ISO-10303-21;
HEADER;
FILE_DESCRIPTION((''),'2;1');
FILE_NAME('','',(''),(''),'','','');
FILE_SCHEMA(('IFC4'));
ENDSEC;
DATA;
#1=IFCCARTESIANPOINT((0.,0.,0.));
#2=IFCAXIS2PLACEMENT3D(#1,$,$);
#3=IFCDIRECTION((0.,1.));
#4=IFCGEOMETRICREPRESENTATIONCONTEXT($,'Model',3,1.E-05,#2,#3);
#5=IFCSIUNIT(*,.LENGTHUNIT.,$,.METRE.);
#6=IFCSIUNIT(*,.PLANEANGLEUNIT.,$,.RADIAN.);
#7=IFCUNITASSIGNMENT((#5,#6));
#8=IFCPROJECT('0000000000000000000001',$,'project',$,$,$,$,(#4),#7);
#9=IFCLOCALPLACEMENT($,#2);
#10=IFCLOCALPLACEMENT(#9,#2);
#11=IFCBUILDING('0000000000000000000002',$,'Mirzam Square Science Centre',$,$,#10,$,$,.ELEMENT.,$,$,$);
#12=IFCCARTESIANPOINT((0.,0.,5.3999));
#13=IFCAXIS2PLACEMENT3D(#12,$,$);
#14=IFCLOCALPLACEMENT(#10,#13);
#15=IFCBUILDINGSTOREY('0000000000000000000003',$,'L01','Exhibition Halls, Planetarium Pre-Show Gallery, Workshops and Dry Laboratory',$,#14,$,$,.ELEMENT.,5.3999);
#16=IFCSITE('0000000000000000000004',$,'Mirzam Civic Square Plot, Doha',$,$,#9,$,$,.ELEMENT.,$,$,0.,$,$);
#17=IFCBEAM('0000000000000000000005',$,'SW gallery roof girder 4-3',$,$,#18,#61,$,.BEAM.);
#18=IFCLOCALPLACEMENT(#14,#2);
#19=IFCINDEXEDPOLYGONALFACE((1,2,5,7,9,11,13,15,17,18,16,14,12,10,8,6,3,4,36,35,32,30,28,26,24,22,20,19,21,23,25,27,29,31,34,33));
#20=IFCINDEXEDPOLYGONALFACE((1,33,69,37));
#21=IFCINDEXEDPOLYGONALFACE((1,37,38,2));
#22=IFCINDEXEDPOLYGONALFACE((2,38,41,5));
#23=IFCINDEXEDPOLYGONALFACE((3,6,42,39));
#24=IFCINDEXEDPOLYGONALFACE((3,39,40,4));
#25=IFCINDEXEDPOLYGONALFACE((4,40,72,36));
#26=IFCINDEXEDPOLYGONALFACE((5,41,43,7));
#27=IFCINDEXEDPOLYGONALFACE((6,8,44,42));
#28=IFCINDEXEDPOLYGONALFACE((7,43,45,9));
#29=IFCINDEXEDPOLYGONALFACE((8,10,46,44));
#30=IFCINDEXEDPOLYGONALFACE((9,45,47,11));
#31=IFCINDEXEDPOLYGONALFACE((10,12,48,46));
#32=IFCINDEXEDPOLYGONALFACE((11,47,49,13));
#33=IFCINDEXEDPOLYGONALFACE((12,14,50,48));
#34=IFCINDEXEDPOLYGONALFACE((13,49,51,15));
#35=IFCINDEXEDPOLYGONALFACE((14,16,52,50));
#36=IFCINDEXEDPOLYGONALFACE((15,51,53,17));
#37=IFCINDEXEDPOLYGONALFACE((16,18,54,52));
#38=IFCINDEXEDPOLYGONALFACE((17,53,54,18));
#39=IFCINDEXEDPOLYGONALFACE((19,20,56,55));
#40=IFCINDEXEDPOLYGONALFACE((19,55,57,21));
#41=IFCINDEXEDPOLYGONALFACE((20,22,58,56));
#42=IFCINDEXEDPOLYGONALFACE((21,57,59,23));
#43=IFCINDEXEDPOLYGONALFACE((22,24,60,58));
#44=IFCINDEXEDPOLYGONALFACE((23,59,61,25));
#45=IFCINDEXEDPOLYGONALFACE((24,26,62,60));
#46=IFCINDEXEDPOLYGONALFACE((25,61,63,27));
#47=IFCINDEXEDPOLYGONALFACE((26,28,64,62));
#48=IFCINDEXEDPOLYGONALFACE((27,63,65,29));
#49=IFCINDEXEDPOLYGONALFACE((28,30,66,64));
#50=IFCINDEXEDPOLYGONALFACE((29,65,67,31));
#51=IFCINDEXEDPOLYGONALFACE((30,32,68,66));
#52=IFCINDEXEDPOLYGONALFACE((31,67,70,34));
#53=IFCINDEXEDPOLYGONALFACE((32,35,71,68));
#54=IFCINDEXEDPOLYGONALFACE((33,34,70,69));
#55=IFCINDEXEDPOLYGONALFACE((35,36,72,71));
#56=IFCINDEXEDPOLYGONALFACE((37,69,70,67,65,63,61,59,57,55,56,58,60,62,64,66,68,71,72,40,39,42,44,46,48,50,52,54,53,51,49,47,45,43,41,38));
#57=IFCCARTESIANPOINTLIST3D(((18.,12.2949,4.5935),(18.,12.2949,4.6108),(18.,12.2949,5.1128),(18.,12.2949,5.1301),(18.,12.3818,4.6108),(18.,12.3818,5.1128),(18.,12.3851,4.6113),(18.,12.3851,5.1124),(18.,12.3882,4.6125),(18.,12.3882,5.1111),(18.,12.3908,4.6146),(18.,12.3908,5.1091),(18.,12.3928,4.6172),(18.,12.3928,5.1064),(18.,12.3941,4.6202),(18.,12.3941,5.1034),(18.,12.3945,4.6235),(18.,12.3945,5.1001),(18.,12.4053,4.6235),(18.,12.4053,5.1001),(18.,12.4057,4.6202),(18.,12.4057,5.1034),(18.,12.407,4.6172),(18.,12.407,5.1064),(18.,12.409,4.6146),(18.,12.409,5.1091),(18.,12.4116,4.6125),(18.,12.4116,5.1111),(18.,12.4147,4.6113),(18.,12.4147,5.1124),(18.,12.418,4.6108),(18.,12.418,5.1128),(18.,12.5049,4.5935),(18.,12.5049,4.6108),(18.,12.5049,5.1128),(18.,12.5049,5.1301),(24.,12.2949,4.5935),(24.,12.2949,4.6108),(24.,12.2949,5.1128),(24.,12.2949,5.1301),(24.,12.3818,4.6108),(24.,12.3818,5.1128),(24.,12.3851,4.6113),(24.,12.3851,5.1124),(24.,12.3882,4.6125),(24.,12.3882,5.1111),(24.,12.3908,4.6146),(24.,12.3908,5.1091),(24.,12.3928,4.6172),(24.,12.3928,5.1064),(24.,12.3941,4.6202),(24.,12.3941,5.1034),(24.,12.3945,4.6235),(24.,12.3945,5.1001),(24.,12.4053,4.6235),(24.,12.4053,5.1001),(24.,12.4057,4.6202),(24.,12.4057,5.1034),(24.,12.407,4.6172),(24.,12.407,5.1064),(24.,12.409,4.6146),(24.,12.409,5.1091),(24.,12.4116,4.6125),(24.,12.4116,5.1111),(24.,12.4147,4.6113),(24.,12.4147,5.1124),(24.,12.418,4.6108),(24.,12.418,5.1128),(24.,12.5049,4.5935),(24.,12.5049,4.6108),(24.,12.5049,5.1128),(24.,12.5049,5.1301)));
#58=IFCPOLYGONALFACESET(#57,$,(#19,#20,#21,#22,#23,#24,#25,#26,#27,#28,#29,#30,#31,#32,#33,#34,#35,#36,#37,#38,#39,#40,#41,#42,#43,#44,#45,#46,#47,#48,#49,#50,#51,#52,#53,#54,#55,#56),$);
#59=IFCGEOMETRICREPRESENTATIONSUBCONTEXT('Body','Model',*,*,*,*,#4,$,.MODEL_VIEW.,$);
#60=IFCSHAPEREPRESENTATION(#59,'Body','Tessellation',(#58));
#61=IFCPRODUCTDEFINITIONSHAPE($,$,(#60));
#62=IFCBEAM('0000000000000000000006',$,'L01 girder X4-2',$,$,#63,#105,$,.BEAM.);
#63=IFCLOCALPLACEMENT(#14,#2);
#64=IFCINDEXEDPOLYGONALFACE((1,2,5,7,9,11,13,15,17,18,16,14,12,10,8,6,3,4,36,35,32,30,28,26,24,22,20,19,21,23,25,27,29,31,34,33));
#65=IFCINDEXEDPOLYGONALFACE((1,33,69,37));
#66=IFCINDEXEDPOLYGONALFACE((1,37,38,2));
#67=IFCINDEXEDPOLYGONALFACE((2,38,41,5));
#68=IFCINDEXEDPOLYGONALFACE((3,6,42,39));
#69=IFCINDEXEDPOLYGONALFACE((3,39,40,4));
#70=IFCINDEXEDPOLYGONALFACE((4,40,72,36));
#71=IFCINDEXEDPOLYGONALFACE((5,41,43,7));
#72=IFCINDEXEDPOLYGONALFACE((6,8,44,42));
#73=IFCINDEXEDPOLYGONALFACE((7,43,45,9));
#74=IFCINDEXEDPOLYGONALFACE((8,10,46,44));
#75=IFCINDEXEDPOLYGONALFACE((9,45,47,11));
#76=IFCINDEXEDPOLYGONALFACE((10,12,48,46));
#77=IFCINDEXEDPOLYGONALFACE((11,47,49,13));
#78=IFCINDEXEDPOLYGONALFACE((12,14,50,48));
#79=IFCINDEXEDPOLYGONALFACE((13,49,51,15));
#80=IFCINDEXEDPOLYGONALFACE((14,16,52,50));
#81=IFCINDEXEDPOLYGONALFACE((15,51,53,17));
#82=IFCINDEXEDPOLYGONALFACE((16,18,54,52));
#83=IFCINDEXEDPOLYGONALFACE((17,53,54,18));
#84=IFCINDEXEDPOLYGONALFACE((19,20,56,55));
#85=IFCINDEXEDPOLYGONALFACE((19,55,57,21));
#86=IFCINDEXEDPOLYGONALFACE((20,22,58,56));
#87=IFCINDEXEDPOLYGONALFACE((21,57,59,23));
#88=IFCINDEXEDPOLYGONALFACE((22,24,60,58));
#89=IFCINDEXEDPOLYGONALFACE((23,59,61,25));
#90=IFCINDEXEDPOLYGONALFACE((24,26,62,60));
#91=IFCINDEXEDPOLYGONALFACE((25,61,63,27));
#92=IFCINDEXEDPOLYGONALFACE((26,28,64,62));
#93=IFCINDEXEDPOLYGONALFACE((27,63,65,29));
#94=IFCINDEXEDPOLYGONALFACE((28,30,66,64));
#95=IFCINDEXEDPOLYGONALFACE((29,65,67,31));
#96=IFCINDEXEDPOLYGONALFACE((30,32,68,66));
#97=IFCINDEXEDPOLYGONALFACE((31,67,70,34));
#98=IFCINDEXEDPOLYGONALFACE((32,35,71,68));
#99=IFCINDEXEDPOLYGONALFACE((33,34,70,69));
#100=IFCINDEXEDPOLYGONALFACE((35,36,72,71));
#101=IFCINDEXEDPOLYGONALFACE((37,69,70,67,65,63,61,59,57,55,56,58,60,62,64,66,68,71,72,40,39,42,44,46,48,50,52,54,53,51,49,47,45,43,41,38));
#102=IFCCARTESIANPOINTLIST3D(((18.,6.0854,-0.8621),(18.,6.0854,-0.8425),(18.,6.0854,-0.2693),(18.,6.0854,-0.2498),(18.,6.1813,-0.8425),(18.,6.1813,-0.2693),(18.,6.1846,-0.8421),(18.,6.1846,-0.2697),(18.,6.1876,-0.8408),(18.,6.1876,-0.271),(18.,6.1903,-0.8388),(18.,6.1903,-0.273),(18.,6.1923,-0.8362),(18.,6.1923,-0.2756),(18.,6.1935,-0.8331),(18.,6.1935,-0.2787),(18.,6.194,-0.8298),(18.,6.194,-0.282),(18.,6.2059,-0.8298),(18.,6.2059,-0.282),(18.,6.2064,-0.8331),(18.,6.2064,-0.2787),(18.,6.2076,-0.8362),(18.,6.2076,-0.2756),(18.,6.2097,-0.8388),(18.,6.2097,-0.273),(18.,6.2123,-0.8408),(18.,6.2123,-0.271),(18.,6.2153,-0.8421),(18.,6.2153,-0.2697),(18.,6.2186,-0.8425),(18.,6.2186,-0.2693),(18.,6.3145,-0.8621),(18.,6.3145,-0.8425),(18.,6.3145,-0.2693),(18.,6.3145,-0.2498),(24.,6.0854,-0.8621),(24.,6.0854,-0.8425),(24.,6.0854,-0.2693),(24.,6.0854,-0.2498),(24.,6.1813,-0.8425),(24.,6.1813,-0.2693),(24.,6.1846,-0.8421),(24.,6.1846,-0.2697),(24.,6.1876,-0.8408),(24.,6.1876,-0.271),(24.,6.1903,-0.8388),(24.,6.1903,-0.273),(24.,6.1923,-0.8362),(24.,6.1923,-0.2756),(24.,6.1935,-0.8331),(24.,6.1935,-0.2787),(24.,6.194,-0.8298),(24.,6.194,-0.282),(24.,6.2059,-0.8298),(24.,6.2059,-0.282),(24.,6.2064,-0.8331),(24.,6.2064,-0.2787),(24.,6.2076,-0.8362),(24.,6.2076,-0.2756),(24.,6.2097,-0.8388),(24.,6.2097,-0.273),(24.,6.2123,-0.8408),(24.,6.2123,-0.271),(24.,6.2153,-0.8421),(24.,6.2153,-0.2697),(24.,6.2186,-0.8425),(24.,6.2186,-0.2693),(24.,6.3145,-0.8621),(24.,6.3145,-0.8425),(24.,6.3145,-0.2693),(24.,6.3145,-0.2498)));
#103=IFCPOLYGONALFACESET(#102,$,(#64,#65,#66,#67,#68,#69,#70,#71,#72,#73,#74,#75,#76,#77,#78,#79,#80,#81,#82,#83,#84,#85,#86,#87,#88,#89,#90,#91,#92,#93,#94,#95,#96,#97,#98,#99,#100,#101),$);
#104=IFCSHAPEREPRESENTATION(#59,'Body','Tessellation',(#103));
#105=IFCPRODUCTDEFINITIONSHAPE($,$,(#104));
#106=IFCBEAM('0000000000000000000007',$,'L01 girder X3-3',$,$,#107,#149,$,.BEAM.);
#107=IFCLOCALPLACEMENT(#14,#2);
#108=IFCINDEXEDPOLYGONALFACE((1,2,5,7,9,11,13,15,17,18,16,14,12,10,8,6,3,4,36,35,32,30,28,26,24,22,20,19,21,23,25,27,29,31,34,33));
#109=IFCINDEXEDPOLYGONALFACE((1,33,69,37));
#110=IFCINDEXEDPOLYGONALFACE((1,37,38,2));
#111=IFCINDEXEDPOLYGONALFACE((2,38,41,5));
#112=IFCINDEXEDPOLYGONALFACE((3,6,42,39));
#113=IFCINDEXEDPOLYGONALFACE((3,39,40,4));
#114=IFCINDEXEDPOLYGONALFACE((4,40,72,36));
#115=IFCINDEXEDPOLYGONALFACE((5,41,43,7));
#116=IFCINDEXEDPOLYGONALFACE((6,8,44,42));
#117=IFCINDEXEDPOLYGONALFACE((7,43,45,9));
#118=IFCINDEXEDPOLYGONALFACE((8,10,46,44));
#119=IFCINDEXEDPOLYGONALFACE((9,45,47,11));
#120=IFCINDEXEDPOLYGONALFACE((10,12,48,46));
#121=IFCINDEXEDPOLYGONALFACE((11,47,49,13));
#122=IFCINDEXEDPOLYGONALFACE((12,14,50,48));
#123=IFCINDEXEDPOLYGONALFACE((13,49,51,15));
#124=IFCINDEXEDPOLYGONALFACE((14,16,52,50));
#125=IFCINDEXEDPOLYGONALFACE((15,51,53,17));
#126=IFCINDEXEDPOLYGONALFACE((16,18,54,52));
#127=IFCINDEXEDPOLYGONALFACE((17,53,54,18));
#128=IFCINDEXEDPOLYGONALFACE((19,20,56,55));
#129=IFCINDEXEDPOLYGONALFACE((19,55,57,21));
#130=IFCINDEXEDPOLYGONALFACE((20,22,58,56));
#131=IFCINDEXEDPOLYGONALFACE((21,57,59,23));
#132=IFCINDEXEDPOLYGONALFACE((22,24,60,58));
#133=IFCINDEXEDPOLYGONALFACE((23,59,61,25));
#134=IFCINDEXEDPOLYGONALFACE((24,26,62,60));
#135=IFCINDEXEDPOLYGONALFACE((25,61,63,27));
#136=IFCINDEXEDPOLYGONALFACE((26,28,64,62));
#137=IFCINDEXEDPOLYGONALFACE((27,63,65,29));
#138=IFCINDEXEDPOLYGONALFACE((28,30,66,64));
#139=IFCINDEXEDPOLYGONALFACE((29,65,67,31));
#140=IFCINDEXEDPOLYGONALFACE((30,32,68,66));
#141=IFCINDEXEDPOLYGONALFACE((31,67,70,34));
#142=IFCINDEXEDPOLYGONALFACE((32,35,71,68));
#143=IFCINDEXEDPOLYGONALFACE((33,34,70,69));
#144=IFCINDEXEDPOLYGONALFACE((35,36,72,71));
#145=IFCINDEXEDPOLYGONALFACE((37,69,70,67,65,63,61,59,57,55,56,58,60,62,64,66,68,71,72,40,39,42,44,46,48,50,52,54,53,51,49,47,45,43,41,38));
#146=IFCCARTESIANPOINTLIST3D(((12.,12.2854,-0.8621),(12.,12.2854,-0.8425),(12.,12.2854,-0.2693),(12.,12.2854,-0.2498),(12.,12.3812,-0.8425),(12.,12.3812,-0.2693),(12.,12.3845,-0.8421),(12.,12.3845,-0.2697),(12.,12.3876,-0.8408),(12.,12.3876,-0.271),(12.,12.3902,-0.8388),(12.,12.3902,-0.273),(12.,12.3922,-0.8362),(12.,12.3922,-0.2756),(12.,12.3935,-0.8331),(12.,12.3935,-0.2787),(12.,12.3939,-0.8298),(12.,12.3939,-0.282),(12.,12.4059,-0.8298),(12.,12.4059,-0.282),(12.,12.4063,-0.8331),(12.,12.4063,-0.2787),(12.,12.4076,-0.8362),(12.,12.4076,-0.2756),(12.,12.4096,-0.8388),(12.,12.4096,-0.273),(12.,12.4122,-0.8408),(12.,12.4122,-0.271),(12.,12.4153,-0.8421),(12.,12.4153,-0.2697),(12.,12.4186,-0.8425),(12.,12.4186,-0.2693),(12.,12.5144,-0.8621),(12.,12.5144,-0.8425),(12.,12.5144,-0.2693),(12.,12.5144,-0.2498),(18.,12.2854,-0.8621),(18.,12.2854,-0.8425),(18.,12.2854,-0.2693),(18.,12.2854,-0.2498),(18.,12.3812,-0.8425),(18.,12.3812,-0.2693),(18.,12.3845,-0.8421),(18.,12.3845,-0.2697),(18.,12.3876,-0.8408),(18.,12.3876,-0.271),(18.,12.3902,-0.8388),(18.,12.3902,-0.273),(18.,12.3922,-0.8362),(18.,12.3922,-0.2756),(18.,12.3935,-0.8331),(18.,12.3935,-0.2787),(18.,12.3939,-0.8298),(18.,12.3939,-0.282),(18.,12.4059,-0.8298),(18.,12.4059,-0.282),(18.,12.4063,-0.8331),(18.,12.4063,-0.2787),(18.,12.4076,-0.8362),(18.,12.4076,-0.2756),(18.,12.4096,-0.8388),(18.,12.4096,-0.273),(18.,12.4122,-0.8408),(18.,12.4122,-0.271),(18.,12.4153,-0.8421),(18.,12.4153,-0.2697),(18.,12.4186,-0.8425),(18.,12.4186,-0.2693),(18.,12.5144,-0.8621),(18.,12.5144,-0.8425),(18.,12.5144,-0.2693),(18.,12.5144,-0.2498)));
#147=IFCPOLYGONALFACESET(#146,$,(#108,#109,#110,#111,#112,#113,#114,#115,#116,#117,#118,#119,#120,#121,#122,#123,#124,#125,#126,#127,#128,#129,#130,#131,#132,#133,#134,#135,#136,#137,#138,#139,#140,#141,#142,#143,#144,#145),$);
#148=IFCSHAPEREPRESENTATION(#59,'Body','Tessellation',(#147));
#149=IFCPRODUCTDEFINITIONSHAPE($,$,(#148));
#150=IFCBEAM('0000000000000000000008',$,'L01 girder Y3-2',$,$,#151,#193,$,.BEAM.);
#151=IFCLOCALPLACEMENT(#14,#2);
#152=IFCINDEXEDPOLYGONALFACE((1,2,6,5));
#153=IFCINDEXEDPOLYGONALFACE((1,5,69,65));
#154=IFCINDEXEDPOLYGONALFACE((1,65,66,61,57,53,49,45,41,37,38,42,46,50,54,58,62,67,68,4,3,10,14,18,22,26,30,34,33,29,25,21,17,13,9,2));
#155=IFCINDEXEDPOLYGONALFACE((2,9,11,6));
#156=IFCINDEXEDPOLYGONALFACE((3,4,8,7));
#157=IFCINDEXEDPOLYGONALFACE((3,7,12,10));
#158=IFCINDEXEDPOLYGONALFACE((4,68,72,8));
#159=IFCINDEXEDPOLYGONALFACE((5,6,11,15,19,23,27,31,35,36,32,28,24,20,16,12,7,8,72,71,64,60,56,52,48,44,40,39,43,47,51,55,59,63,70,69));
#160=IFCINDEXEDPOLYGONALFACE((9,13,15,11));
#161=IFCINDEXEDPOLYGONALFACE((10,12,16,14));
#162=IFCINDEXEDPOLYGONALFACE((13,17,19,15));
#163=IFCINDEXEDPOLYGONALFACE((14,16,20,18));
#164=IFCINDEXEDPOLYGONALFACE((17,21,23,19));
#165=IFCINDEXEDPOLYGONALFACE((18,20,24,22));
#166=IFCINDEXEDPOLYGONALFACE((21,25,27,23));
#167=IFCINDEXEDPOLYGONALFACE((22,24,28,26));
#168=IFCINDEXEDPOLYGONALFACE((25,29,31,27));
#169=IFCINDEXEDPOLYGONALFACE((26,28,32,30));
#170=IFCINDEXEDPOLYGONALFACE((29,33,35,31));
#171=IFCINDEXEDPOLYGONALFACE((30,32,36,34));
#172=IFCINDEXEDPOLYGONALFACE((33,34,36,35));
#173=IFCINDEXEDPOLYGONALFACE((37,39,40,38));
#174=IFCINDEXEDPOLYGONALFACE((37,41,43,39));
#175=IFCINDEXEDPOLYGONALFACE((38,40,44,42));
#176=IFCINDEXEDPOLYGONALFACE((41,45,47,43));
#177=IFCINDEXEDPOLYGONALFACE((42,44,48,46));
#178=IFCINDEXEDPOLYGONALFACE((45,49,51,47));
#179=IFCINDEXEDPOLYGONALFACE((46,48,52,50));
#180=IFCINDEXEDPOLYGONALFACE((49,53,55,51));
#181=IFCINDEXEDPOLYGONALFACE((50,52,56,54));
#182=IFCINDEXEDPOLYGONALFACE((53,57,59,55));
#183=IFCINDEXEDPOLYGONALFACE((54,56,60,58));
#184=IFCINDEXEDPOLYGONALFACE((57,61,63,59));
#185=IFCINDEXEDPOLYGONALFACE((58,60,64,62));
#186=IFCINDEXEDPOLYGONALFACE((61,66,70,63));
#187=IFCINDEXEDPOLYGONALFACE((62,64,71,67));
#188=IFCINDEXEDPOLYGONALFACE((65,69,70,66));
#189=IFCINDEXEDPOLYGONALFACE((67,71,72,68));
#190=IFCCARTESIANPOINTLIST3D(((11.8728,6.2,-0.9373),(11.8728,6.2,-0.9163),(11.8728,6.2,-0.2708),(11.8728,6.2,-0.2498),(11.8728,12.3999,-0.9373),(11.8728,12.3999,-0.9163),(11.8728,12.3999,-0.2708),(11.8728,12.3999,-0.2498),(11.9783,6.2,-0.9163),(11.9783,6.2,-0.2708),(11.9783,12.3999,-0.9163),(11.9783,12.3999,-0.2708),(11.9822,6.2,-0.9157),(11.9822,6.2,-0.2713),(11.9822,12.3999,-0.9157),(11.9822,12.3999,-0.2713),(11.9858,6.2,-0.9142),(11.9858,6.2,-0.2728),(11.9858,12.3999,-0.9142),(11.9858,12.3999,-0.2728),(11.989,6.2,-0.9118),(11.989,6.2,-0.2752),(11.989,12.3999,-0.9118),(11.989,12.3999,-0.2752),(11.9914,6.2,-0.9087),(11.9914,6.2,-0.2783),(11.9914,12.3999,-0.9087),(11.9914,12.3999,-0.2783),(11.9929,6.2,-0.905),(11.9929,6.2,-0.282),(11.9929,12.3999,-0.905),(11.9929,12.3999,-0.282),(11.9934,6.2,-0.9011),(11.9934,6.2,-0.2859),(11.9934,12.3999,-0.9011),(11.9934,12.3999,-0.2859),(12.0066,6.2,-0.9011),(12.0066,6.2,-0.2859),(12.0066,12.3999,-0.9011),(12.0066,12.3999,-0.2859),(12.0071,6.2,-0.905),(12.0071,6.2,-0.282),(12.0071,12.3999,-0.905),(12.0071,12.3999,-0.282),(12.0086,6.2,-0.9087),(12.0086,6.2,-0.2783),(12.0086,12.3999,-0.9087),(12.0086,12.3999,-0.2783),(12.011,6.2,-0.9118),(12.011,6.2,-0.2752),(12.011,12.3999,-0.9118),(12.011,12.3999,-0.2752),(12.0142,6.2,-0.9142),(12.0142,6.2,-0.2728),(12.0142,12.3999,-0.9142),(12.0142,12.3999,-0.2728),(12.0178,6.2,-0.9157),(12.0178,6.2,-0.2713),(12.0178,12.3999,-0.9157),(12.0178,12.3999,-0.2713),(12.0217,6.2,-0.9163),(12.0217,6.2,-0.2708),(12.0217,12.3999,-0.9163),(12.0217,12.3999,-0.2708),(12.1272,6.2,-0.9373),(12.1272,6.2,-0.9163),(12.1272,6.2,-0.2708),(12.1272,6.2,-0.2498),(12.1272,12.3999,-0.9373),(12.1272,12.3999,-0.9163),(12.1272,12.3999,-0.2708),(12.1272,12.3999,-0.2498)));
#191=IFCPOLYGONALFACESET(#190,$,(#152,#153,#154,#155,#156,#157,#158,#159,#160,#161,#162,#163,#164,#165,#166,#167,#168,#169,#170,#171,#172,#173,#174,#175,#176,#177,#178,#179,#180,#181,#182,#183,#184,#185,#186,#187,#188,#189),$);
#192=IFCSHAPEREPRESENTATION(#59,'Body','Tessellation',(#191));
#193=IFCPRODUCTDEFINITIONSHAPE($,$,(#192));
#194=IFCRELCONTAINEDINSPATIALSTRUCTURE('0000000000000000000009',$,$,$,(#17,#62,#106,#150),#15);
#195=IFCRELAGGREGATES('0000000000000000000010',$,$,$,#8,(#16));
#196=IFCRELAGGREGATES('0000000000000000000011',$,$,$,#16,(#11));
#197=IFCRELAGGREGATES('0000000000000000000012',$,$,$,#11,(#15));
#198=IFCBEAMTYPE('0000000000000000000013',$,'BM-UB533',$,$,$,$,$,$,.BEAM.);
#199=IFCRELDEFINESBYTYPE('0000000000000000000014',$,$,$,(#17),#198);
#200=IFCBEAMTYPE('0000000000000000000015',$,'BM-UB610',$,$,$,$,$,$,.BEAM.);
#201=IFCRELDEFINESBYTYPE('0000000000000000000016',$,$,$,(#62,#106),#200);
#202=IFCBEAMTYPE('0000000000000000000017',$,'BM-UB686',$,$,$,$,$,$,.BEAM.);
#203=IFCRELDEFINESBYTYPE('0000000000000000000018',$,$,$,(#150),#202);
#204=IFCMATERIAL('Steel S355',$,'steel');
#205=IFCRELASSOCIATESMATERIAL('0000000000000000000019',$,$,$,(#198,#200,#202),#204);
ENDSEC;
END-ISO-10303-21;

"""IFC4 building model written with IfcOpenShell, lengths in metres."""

from ifc_helpers import new_model, si_unit, direction, frame, origin, origin_2d, place, context, subcontext, project, spatial, i_section, extrude, material, material_profile, profile_set, type_object, element, save


model = new_model("IFC4")

# Units and contexts
model_context = context("Model", 3, precision=1e-05, world=origin(), true_north=direction((0.0, 1.0)))
body_context = subcontext(model_context, "Body", "Model", "MODEL_VIEW")
ifc_project = project(units=[si_unit("LENGTHUNIT", "METRE"), si_unit("PLANEANGLEUNIT", "RADIAN")], contexts=[model_context])

# Site, building, storey
site_placement = place(None, origin())
site = spatial("IfcSite", under=ifc_project, at=site_placement, Name="Mirzam Civic Square Plot, Doha", CompositionType="ELEMENT", RefElevation=0.0)
building_placement = place(site_placement, origin())
building = spatial("IfcBuilding", under=site, at=building_placement, Name="Mirzam Square Science Centre", CompositionType="ELEMENT")
storey_placement = place(building_placement, frame((0.0, 0.0, 5.3999)))
storey = spatial("IfcBuildingStorey", under=building, at=storey_placement, Name="L01", Description="Exhibition Halls, Planetarium Pre-Show Gallery, Workshops and Dry Laboratory", CompositionType="ELEMENT", Elevation=5.3999)

# Shared definitions
ifc_material_1 = material(Name="Steel S355", Category="steel")

# Beams
ifc_material_profile_1 = material_profile(ifc_material_1, i_section(OverallWidth=0.21, OverallDepth=0.5366, WebThickness=0.0107, FlangeThickness=0.0173, FilletRadius=0.0127, at=origin_2d()), Name="533x210x101UB")
ifc_profile_set_1 = profile_set([ifc_material_profile_1], Name="Steel S355")
beam_type_1 = type_object("IfcBeamType", Name="BM-UB533", PredefinedType="BEAM", material=ifc_profile_set_1)
for number, where, z_axis, x_axis, name in (
    (1, (18.0, 12.3999, 4.8618), (1.0, 0.0, 0.0), (0.0, 1.0, 0.0), "SW gallery roof girder 4-3"),
):
    element("IfcBeam", number, at=place(storey_placement, frame(where, z_axis=z_axis, x_axis=x_axis)), inside=storey, type_object=beam_type_1, Name=name, PredefinedType="BEAM", context=body_context, shape_type="SweptSolid", body=[
        extrude(i_section(OverallWidth=0.21, OverallDepth=0.5366, WebThickness=0.0107, FlangeThickness=0.0173, FilletRadius=0.0127, at=origin_2d()), origin(), (0.0, 0.0, 1.0), 6.0),
    ])
ifc_material_profile_2 = material_profile(ifc_material_1, i_section(OverallWidth=0.229, OverallDepth=0.6123, WebThickness=0.012, FlangeThickness=0.0195, FilletRadius=0.0127, at=origin_2d()), Name="610x229x125UB")
ifc_profile_set_2 = profile_set([ifc_material_profile_2], Name="Steel S355")
beam_type_2 = type_object("IfcBeamType", Name="BM-UB610", PredefinedType="BEAM", material=ifc_profile_set_2)
for number, where, z_axis, x_axis, name in (
    (2, (18.0, 6.2, -0.5559), (1.0, 0.0, 0.0), (0.0, 1.0, 0.0), "L01 girder X4-2"),
    (3, (12.0, 12.3999, -0.5559), (1.0, 0.0, 0.0), (0.0, 1.0, 0.0), "L01 girder X3-3"),
):
    element("IfcBeam", number, at=place(storey_placement, frame(where, z_axis=z_axis, x_axis=x_axis)), inside=storey, type_object=beam_type_2, Name=name, PredefinedType="BEAM", context=body_context, shape_type="SweptSolid", body=[
        extrude(i_section(OverallWidth=0.229, OverallDepth=0.6123, WebThickness=0.012, FlangeThickness=0.0195, FilletRadius=0.0127, at=origin_2d()), origin(), (0.0, 0.0, 1.0), 6.0),
    ])
ifc_material_profile_3 = material_profile(ifc_material_1, i_section(OverallWidth=0.2544, OverallDepth=0.6875, WebThickness=0.0132, FlangeThickness=0.021, FilletRadius=0.0151, at=origin_2d()), Name="686x254x152UB")
ifc_profile_set_3 = profile_set([ifc_material_profile_3], Name="Steel S355")
beam_type_3 = type_object("IfcBeamType", Name="BM-UB686", PredefinedType="BEAM", material=ifc_profile_set_3)
for number, where, z_axis, x_axis, name in (
    (4, (12.0, 6.2, -0.5935), (0.0, 1.0, 0.0), (-1.0, 0.0, 0.0), "L01 girder Y3-2"),
):
    element("IfcBeam", number, at=place(storey_placement, frame(where, z_axis=z_axis, x_axis=x_axis)), inside=storey, type_object=beam_type_3, Name=name, PredefinedType="BEAM", context=body_context, shape_type="SweptSolid", body=[
        extrude(i_section(OverallWidth=0.2544, OverallDepth=0.6875, WebThickness=0.0132, FlangeThickness=0.021, FilletRadius=0.0151, at=origin_2d()), origin(), (0.0, 0.0, 1.0), 6.2),
    ])

save(model, "model.ifc")
